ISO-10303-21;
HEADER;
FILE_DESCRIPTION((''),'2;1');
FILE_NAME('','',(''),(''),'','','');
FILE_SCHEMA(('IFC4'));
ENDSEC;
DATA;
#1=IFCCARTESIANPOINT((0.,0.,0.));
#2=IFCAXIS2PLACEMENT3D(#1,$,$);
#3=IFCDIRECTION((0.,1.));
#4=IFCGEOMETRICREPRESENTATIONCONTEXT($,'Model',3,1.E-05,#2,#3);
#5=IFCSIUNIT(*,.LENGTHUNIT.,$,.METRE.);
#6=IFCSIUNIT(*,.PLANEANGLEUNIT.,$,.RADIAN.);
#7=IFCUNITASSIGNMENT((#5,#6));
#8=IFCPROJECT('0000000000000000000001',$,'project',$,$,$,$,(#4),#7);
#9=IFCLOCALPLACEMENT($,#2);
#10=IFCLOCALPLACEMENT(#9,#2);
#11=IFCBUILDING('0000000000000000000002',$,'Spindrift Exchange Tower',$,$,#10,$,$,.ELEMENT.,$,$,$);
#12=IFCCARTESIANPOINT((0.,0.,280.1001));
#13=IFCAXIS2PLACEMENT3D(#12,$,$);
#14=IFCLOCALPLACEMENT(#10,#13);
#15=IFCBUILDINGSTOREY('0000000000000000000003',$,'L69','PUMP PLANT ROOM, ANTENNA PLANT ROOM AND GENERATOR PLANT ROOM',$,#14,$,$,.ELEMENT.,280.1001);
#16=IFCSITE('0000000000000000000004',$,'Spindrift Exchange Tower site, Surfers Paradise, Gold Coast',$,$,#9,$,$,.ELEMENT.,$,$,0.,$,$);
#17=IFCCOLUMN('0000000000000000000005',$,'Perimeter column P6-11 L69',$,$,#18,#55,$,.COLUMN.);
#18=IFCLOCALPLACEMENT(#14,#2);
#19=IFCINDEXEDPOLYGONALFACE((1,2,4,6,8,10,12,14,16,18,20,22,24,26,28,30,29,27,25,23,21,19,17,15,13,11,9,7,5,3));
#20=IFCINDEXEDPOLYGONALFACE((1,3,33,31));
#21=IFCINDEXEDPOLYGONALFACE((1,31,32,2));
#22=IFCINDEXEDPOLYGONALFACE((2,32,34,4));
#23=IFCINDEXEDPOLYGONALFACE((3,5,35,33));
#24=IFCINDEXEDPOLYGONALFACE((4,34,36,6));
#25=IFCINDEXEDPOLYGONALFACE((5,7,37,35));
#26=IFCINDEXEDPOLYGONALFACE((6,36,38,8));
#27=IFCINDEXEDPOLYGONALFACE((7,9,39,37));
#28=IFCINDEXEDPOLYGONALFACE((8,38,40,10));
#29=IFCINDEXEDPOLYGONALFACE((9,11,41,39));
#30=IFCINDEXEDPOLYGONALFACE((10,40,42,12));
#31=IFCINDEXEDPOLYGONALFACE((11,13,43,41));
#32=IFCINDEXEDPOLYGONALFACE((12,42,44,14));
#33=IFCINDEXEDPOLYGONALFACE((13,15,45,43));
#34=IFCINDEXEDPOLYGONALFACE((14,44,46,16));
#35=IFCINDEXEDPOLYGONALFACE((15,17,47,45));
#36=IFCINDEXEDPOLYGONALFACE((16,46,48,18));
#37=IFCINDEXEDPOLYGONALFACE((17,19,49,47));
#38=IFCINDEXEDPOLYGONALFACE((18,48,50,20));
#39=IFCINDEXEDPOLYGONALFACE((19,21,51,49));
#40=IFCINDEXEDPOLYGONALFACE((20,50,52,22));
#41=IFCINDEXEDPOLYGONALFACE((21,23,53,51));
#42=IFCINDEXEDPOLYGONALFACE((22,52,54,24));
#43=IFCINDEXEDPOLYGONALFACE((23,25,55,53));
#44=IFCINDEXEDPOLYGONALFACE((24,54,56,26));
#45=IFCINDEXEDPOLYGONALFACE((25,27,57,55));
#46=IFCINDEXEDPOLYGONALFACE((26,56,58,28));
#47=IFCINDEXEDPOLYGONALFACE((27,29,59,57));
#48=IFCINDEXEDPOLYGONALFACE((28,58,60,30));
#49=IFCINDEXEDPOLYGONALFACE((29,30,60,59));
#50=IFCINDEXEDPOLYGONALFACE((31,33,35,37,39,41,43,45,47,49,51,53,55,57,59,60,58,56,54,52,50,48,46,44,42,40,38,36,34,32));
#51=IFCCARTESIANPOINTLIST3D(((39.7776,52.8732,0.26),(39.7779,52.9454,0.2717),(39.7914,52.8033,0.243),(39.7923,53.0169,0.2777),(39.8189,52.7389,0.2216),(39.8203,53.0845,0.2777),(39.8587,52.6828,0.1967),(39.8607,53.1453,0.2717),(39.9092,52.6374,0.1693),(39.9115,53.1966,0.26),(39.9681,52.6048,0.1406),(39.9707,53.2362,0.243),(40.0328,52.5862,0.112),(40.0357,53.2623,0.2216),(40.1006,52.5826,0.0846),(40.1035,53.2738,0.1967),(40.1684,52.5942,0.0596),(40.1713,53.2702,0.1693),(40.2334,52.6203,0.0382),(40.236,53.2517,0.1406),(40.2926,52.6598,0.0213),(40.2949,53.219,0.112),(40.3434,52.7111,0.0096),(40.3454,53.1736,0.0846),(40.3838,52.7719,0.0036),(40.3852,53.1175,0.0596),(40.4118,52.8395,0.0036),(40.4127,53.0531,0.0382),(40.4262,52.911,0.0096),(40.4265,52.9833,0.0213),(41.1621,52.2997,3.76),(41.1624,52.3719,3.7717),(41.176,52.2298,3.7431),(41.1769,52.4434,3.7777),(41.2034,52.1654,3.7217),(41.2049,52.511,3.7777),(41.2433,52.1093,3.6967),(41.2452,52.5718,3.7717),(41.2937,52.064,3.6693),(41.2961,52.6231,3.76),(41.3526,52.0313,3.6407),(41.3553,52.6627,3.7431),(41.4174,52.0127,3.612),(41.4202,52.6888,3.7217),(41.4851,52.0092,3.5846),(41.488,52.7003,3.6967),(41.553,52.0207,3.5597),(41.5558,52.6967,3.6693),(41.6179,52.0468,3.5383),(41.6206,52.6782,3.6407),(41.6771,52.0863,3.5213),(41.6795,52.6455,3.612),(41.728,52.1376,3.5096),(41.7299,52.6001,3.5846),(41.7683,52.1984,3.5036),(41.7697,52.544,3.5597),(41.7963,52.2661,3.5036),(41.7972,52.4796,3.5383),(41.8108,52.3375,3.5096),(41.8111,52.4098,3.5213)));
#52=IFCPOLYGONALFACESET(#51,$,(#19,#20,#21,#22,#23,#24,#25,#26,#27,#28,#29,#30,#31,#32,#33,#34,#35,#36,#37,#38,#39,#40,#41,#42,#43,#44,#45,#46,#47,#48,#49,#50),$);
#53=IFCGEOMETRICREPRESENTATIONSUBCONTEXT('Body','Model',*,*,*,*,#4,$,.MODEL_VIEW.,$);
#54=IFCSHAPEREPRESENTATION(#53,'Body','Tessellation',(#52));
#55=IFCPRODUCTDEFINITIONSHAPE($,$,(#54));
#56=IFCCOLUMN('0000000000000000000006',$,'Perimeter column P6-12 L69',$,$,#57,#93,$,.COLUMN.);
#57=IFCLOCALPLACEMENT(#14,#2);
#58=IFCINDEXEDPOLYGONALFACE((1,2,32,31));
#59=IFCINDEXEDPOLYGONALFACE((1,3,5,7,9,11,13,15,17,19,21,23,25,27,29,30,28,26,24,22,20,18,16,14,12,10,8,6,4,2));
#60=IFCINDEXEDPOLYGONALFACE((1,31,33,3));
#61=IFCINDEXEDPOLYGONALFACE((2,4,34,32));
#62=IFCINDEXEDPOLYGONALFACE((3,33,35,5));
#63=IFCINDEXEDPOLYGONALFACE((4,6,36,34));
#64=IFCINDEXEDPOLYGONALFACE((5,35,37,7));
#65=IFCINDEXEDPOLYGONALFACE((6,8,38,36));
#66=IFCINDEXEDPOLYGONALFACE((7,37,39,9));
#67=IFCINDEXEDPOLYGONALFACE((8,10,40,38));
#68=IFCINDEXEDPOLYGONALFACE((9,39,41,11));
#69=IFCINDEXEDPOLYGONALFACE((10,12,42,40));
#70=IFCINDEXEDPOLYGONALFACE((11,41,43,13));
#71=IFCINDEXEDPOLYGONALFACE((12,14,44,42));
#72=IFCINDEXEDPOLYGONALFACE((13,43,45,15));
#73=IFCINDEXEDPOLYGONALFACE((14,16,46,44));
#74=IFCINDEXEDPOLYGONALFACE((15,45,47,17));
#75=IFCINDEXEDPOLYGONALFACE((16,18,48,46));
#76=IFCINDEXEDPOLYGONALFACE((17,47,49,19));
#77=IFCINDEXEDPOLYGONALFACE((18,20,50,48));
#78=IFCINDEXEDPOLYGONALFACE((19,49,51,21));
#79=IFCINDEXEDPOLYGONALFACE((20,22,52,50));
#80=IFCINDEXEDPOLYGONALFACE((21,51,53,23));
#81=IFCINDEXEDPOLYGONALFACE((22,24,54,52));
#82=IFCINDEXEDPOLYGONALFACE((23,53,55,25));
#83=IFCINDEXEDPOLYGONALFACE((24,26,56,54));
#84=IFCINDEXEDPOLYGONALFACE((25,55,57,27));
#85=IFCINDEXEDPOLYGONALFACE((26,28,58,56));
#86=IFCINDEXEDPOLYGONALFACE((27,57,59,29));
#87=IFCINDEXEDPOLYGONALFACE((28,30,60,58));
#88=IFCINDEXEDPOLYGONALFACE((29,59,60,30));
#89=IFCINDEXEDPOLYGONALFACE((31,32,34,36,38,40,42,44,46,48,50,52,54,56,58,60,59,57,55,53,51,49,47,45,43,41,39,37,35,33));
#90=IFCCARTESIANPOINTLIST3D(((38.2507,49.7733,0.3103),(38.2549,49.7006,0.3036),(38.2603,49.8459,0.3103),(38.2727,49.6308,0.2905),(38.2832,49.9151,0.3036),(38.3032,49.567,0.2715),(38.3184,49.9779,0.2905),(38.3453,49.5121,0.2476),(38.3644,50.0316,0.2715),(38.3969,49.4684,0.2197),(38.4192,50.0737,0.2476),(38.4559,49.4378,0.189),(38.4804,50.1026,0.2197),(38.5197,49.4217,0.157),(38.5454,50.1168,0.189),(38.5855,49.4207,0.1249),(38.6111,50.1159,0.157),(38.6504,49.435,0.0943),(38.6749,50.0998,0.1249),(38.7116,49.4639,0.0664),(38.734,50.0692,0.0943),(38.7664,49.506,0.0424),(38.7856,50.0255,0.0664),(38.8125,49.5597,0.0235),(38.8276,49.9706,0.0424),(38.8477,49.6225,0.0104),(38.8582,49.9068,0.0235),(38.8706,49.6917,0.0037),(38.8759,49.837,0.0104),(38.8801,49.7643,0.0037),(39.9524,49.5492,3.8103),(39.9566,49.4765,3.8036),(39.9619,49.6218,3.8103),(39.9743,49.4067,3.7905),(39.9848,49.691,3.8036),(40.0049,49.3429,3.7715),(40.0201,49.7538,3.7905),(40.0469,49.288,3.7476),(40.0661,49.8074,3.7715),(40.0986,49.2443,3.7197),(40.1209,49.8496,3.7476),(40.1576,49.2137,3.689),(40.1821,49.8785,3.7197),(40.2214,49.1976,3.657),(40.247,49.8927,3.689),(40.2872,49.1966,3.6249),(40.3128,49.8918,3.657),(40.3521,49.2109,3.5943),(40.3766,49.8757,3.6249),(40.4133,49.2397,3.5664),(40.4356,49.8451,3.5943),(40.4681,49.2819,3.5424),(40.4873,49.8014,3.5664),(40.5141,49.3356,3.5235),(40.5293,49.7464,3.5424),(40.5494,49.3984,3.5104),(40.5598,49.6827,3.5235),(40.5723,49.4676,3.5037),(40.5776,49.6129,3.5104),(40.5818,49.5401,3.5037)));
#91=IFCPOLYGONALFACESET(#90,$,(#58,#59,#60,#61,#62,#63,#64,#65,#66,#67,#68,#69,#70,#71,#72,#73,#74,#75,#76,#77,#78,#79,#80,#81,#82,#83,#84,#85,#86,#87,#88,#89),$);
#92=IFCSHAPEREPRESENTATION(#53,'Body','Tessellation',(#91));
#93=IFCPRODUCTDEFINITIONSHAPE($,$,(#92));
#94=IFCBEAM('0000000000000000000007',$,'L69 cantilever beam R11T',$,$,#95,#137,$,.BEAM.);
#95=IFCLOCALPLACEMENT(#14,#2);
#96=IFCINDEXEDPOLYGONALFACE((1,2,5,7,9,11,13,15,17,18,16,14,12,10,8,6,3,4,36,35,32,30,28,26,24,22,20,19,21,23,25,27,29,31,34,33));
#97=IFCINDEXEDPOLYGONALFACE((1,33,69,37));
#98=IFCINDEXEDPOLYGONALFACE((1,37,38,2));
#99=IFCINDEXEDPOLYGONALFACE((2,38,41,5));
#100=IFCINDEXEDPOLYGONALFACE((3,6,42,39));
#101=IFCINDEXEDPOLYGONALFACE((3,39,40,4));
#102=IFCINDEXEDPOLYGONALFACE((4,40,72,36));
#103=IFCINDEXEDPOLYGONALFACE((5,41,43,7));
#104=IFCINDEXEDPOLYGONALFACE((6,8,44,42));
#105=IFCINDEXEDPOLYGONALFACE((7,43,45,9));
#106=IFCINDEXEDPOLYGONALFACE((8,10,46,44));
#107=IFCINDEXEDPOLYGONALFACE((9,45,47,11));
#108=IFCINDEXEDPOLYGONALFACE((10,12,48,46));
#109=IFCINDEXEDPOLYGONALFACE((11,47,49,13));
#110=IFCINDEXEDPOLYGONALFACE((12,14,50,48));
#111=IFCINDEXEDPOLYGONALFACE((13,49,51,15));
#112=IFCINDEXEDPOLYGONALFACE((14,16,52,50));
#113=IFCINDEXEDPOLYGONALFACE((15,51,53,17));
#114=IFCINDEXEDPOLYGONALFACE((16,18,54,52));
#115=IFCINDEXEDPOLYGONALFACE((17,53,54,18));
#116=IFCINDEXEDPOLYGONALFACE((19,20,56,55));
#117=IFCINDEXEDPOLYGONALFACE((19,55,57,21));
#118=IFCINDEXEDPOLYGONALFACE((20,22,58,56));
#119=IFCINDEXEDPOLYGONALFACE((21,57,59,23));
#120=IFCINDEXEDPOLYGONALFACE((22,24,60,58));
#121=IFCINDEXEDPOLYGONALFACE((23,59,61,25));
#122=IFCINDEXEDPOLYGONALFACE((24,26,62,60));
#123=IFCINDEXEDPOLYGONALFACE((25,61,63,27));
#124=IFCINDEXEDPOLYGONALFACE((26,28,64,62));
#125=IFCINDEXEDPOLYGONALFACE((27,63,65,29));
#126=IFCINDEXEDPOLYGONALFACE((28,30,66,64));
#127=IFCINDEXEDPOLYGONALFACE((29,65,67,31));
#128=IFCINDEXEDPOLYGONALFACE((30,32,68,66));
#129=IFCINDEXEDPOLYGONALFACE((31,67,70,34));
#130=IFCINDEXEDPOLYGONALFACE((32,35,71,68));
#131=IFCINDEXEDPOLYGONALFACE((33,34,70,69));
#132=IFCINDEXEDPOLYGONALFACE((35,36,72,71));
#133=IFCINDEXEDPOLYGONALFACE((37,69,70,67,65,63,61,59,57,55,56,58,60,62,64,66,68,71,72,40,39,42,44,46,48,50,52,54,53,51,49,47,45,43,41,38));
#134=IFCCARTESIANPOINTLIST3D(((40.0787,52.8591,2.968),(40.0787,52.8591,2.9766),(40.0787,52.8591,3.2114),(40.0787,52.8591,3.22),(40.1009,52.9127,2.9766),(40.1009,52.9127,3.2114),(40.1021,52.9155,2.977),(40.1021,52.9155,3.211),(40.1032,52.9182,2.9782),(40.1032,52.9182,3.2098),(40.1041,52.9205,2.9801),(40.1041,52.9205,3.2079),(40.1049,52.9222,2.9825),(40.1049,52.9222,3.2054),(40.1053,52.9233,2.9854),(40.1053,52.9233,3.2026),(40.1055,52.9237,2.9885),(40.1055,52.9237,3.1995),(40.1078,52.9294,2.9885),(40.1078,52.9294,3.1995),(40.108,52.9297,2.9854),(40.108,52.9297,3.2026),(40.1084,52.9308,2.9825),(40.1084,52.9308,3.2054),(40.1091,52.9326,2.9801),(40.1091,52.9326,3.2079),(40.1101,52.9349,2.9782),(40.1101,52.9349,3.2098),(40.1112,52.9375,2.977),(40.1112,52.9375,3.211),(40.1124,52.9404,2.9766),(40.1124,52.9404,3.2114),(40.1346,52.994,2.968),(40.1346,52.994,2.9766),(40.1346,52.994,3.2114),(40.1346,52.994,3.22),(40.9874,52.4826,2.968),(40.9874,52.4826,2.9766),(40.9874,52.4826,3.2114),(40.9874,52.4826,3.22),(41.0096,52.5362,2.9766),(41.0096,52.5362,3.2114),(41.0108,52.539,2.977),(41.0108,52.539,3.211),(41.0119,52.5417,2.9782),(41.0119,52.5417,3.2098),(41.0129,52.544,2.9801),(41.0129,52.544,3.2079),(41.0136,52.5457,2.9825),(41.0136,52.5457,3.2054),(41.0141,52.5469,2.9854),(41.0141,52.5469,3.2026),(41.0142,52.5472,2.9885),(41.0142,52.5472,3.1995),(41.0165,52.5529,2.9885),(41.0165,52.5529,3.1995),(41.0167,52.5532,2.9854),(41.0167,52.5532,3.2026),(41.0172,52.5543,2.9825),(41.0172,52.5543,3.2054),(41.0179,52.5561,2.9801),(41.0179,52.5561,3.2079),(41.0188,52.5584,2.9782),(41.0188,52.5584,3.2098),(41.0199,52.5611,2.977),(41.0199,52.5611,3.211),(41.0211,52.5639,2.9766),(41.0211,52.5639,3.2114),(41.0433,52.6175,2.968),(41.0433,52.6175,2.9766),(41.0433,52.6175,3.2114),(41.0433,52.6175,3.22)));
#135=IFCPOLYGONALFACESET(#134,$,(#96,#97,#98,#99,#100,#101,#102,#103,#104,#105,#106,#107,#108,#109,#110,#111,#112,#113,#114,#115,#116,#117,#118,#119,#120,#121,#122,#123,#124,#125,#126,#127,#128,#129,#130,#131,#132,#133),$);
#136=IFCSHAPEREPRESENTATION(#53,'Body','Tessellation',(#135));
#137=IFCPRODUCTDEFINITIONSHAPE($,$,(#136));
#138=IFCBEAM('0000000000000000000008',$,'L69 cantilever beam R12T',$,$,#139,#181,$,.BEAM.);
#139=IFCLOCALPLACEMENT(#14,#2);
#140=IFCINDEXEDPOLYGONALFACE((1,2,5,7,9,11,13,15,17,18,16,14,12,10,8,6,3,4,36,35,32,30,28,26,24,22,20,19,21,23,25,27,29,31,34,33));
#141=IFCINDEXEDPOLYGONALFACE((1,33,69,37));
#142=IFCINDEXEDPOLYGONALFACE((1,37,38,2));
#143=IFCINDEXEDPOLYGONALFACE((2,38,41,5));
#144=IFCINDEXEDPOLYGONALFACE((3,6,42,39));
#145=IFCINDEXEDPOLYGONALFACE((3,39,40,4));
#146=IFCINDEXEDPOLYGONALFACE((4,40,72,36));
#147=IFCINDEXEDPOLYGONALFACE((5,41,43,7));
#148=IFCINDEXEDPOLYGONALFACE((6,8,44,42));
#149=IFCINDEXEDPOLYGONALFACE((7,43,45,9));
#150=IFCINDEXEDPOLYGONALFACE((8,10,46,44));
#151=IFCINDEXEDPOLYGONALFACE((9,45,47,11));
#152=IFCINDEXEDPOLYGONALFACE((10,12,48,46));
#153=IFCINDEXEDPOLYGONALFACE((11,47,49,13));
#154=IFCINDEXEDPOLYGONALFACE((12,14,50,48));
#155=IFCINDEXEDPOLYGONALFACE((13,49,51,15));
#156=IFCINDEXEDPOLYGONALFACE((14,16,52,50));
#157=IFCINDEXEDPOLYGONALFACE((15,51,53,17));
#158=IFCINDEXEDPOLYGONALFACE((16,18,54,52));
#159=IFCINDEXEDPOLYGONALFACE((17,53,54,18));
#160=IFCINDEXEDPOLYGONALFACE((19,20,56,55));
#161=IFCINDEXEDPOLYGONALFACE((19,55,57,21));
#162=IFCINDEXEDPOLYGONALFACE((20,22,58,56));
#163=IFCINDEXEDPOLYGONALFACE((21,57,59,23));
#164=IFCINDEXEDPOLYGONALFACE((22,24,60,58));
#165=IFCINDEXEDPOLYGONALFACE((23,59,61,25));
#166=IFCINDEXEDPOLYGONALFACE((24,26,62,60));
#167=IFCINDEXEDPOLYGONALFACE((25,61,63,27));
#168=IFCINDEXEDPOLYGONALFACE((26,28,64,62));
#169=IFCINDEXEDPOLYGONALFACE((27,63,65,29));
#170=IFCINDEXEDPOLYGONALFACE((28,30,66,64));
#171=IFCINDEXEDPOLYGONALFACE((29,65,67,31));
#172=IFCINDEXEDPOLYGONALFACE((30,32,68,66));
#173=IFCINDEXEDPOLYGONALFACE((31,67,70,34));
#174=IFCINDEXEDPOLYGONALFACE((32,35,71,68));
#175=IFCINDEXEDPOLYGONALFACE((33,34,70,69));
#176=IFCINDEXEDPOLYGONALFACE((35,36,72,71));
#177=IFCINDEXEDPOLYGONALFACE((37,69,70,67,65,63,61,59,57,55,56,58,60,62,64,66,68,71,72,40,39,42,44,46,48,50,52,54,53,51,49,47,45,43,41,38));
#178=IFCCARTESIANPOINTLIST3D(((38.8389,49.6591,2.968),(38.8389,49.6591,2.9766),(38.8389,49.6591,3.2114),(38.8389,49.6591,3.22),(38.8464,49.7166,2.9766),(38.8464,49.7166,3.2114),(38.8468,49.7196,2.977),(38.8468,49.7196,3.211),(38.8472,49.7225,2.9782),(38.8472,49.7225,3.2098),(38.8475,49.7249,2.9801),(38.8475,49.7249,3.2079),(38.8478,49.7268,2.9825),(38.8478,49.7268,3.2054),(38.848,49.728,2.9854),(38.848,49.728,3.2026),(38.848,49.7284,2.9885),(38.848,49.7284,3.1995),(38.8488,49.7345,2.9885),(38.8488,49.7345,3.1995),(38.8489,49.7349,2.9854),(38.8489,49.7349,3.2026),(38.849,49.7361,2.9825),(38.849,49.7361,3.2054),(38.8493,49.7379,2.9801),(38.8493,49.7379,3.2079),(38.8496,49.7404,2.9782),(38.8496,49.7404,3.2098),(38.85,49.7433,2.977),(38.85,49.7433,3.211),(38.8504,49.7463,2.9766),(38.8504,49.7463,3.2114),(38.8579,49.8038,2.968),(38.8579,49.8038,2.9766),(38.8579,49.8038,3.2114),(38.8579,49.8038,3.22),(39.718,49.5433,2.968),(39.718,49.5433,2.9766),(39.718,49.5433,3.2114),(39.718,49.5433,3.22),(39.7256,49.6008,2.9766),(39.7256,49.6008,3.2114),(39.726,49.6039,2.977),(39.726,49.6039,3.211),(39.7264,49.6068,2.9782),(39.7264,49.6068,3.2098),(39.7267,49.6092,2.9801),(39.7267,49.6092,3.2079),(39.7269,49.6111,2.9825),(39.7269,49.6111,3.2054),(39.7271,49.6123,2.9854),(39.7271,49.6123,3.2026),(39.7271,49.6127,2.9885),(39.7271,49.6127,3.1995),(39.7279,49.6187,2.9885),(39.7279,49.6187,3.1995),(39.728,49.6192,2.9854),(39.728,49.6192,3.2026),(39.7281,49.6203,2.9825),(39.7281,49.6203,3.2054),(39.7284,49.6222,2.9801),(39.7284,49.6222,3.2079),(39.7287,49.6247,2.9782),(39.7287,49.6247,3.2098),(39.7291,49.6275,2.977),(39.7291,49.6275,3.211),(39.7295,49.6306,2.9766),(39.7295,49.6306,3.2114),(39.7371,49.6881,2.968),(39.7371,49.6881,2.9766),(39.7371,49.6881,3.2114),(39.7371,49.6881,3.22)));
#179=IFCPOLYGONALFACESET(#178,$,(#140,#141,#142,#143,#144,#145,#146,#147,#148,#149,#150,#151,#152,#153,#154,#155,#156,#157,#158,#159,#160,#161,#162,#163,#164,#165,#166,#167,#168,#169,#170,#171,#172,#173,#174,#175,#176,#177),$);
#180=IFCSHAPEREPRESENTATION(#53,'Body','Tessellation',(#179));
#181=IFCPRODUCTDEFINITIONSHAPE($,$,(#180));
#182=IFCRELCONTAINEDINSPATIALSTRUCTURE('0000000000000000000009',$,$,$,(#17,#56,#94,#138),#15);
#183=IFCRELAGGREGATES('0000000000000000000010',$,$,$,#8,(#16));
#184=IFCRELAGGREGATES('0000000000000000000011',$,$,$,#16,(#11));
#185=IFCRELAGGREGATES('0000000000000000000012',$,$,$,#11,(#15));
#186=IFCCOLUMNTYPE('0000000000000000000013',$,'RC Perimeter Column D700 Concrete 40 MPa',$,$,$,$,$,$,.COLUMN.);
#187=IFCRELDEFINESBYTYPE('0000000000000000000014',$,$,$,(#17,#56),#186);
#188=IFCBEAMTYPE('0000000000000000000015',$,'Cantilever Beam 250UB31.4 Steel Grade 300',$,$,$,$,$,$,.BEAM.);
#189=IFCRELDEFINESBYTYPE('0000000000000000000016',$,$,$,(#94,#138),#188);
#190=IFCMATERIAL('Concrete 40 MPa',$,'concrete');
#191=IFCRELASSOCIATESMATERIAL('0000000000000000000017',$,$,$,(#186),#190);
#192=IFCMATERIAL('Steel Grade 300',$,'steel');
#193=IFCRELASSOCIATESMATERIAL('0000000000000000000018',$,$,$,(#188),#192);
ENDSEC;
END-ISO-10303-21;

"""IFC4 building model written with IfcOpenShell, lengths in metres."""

from ifc_helpers import new_model, si_unit, direction, frame, origin, origin_2d, place, context, subcontext, project, spatial, circle, i_section, extrude, source, transform, mapped, material, material_profile, profile_set, type_object, element, save


model = new_model("IFC4")

# Units and contexts
model_context = context("Model", 3, precision=1e-05, world=origin(), true_north=direction((0.0, 1.0)))
body_context = subcontext(model_context, "Body", "Model", "MODEL_VIEW")
ifc_project = project(units=[si_unit("LENGTHUNIT", "METRE"), si_unit("PLANEANGLEUNIT", "RADIAN")], contexts=[model_context])

# Site, building, storey
site_placement = place(None, origin())
site = spatial("IfcSite", under=ifc_project, at=site_placement, Name="Spindrift Exchange Tower site, Surfers Paradise, Gold Coast", CompositionType="ELEMENT", RefElevation=0.0)
building_placement = place(site_placement, origin())
building = spatial("IfcBuilding", under=site, at=building_placement, Name="Spindrift Exchange Tower", CompositionType="ELEMENT")
storey_placement = place(building_placement, frame((0.0, 0.0, 280.1001)))
storey = spatial("IfcBuildingStorey", under=building, at=storey_placement, Name="L69", Description="PUMP PLANT ROOM, ANTENNA PLANT ROOM AND GENERATOR PLANT ROOM", CompositionType="ELEMENT", Elevation=280.1001)

# Columns
ifc_material_1 = material(Name="Concrete 40 MPa", Category="concrete")
ifc_material_profile_1 = material_profile(ifc_material_1, circle(Radius=0.3501, at=origin_2d()), Name="RC D700")
ifc_profile_set_1 = profile_set([ifc_material_profile_1], Name="Concrete 40 MPa")
column_type = type_object("IfcColumnType", Name="RC Perimeter Column D700 Concrete 40 MPa", PredefinedType="COLUMN", material=ifc_profile_set_1)
shared_shape_1 = source(origin(), body_context, "Body", "SweptSolid", [
    extrude(circle(Radius=0.3501, at=origin_2d()), origin(), (0.0, 0.0, 1.0), 3.8074),
])
column_1_placement = place(storey_placement, frame((40.1021, 52.9282, 0.1406), z_axis=(0.363646, -0.150627, 0.919279), x_axis=(0.382683, 0.92388, 0.0)))
element("IfcColumn", 1, at=column_1_placement, inside=storey, type_object=column_type, Name="Perimeter column P6-11 L69", PredefinedType="COLUMN", context=body_context, shape_type="MappedRepresentation", body=[
    mapped(shared_shape_1, transform((0.0, 0.0, 0.0), scale=1.0)),
])
shared_shape_2 = source(origin(), body_context, "Body", "SweptSolid", [
    extrude(circle(Radius=0.3501, at=origin_2d()), origin(), (0.0, 0.0, 1.0), 3.8982),
])
column_2_placement = place(storey_placement, frame((38.5654, 49.7688, 0.157), z_axis=(0.436526, -0.057494, 0.897853), x_axis=(0.13058, 0.991438, 0.0)))
element("IfcColumn", 2, at=column_2_placement, inside=storey, type_object=column_type, Name="Perimeter column P6-12 L69", PredefinedType="COLUMN", context=body_context, shape_type="MappedRepresentation", body=[
    mapped(shared_shape_2, transform((0.0, 0.0, 0.0), scale=1.0)),
])

# Beams
ifc_material_2 = material(Name="Steel Grade 300", Category="steel")
ifc_material_profile_2 = material_profile(ifc_material_2, i_section(OverallWidth=0.146, OverallDepth=0.252, WebThickness=0.0061, FlangeThickness=0.0085, FilletRadius=0.012, at=origin_2d()), Name="250UB31.4")
ifc_profile_set_2 = profile_set([ifc_material_profile_2], Name="Steel Grade 300")
beam_type_1 = type_object("IfcBeamType", Name="Cantilever Beam 250UB31.4 Steel Grade 300", PredefinedType="BEAM", material=ifc_profile_set_2)
shared_shape_3 = source(origin(), body_context, "Body", "SweptSolid", [
    extrude(i_section(OverallWidth=0.146, OverallDepth=0.252, WebThickness=0.0061, FlangeThickness=0.0085, FilletRadius=0.012, at=origin_2d()), origin(), (0.0, 0.0, 1.0), 0.9836),
])
beam_1_placement = place(storey_placement, frame((41.0154, 52.55, 3.094), z_axis=(-0.923853, 0.382746, 0.0), x_axis=(-0.382746, -0.923853, 0.0)))
element("IfcBeam", 3, at=beam_1_placement, inside=storey, type_object=beam_type_1, Name="L69 cantilever beam R11T", PredefinedType="BEAM", context=body_context, shape_type="MappedRepresentation", body=[
    mapped(shared_shape_3, transform((0.0, 0.0, 0.0), scale=1.0)),
])
shared_shape_4 = source(origin(), body_context, "Body", "SweptSolid", [
    extrude(i_section(OverallWidth=0.146, OverallDepth=0.252, WebThickness=0.0061, FlangeThickness=0.0085, FilletRadius=0.012, at=origin_2d()), origin(), (0.0, 0.0, 1.0), 0.8867),
])
beam_2_placement = place(storey_placement, frame((39.7275, 49.6157, 3.094), z_axis=(-0.991448, 0.130504, 0.0), x_axis=(-0.130504, -0.991448, 0.0)))
element("IfcBeam", 4, at=beam_2_placement, inside=storey, type_object=beam_type_1, Name="L69 cantilever beam R12T", PredefinedType="BEAM", context=body_context, shape_type="MappedRepresentation", body=[
    mapped(shared_shape_4, transform((0.0, 0.0, 0.0), scale=1.0)),
])

save(model, "model.ifc")
